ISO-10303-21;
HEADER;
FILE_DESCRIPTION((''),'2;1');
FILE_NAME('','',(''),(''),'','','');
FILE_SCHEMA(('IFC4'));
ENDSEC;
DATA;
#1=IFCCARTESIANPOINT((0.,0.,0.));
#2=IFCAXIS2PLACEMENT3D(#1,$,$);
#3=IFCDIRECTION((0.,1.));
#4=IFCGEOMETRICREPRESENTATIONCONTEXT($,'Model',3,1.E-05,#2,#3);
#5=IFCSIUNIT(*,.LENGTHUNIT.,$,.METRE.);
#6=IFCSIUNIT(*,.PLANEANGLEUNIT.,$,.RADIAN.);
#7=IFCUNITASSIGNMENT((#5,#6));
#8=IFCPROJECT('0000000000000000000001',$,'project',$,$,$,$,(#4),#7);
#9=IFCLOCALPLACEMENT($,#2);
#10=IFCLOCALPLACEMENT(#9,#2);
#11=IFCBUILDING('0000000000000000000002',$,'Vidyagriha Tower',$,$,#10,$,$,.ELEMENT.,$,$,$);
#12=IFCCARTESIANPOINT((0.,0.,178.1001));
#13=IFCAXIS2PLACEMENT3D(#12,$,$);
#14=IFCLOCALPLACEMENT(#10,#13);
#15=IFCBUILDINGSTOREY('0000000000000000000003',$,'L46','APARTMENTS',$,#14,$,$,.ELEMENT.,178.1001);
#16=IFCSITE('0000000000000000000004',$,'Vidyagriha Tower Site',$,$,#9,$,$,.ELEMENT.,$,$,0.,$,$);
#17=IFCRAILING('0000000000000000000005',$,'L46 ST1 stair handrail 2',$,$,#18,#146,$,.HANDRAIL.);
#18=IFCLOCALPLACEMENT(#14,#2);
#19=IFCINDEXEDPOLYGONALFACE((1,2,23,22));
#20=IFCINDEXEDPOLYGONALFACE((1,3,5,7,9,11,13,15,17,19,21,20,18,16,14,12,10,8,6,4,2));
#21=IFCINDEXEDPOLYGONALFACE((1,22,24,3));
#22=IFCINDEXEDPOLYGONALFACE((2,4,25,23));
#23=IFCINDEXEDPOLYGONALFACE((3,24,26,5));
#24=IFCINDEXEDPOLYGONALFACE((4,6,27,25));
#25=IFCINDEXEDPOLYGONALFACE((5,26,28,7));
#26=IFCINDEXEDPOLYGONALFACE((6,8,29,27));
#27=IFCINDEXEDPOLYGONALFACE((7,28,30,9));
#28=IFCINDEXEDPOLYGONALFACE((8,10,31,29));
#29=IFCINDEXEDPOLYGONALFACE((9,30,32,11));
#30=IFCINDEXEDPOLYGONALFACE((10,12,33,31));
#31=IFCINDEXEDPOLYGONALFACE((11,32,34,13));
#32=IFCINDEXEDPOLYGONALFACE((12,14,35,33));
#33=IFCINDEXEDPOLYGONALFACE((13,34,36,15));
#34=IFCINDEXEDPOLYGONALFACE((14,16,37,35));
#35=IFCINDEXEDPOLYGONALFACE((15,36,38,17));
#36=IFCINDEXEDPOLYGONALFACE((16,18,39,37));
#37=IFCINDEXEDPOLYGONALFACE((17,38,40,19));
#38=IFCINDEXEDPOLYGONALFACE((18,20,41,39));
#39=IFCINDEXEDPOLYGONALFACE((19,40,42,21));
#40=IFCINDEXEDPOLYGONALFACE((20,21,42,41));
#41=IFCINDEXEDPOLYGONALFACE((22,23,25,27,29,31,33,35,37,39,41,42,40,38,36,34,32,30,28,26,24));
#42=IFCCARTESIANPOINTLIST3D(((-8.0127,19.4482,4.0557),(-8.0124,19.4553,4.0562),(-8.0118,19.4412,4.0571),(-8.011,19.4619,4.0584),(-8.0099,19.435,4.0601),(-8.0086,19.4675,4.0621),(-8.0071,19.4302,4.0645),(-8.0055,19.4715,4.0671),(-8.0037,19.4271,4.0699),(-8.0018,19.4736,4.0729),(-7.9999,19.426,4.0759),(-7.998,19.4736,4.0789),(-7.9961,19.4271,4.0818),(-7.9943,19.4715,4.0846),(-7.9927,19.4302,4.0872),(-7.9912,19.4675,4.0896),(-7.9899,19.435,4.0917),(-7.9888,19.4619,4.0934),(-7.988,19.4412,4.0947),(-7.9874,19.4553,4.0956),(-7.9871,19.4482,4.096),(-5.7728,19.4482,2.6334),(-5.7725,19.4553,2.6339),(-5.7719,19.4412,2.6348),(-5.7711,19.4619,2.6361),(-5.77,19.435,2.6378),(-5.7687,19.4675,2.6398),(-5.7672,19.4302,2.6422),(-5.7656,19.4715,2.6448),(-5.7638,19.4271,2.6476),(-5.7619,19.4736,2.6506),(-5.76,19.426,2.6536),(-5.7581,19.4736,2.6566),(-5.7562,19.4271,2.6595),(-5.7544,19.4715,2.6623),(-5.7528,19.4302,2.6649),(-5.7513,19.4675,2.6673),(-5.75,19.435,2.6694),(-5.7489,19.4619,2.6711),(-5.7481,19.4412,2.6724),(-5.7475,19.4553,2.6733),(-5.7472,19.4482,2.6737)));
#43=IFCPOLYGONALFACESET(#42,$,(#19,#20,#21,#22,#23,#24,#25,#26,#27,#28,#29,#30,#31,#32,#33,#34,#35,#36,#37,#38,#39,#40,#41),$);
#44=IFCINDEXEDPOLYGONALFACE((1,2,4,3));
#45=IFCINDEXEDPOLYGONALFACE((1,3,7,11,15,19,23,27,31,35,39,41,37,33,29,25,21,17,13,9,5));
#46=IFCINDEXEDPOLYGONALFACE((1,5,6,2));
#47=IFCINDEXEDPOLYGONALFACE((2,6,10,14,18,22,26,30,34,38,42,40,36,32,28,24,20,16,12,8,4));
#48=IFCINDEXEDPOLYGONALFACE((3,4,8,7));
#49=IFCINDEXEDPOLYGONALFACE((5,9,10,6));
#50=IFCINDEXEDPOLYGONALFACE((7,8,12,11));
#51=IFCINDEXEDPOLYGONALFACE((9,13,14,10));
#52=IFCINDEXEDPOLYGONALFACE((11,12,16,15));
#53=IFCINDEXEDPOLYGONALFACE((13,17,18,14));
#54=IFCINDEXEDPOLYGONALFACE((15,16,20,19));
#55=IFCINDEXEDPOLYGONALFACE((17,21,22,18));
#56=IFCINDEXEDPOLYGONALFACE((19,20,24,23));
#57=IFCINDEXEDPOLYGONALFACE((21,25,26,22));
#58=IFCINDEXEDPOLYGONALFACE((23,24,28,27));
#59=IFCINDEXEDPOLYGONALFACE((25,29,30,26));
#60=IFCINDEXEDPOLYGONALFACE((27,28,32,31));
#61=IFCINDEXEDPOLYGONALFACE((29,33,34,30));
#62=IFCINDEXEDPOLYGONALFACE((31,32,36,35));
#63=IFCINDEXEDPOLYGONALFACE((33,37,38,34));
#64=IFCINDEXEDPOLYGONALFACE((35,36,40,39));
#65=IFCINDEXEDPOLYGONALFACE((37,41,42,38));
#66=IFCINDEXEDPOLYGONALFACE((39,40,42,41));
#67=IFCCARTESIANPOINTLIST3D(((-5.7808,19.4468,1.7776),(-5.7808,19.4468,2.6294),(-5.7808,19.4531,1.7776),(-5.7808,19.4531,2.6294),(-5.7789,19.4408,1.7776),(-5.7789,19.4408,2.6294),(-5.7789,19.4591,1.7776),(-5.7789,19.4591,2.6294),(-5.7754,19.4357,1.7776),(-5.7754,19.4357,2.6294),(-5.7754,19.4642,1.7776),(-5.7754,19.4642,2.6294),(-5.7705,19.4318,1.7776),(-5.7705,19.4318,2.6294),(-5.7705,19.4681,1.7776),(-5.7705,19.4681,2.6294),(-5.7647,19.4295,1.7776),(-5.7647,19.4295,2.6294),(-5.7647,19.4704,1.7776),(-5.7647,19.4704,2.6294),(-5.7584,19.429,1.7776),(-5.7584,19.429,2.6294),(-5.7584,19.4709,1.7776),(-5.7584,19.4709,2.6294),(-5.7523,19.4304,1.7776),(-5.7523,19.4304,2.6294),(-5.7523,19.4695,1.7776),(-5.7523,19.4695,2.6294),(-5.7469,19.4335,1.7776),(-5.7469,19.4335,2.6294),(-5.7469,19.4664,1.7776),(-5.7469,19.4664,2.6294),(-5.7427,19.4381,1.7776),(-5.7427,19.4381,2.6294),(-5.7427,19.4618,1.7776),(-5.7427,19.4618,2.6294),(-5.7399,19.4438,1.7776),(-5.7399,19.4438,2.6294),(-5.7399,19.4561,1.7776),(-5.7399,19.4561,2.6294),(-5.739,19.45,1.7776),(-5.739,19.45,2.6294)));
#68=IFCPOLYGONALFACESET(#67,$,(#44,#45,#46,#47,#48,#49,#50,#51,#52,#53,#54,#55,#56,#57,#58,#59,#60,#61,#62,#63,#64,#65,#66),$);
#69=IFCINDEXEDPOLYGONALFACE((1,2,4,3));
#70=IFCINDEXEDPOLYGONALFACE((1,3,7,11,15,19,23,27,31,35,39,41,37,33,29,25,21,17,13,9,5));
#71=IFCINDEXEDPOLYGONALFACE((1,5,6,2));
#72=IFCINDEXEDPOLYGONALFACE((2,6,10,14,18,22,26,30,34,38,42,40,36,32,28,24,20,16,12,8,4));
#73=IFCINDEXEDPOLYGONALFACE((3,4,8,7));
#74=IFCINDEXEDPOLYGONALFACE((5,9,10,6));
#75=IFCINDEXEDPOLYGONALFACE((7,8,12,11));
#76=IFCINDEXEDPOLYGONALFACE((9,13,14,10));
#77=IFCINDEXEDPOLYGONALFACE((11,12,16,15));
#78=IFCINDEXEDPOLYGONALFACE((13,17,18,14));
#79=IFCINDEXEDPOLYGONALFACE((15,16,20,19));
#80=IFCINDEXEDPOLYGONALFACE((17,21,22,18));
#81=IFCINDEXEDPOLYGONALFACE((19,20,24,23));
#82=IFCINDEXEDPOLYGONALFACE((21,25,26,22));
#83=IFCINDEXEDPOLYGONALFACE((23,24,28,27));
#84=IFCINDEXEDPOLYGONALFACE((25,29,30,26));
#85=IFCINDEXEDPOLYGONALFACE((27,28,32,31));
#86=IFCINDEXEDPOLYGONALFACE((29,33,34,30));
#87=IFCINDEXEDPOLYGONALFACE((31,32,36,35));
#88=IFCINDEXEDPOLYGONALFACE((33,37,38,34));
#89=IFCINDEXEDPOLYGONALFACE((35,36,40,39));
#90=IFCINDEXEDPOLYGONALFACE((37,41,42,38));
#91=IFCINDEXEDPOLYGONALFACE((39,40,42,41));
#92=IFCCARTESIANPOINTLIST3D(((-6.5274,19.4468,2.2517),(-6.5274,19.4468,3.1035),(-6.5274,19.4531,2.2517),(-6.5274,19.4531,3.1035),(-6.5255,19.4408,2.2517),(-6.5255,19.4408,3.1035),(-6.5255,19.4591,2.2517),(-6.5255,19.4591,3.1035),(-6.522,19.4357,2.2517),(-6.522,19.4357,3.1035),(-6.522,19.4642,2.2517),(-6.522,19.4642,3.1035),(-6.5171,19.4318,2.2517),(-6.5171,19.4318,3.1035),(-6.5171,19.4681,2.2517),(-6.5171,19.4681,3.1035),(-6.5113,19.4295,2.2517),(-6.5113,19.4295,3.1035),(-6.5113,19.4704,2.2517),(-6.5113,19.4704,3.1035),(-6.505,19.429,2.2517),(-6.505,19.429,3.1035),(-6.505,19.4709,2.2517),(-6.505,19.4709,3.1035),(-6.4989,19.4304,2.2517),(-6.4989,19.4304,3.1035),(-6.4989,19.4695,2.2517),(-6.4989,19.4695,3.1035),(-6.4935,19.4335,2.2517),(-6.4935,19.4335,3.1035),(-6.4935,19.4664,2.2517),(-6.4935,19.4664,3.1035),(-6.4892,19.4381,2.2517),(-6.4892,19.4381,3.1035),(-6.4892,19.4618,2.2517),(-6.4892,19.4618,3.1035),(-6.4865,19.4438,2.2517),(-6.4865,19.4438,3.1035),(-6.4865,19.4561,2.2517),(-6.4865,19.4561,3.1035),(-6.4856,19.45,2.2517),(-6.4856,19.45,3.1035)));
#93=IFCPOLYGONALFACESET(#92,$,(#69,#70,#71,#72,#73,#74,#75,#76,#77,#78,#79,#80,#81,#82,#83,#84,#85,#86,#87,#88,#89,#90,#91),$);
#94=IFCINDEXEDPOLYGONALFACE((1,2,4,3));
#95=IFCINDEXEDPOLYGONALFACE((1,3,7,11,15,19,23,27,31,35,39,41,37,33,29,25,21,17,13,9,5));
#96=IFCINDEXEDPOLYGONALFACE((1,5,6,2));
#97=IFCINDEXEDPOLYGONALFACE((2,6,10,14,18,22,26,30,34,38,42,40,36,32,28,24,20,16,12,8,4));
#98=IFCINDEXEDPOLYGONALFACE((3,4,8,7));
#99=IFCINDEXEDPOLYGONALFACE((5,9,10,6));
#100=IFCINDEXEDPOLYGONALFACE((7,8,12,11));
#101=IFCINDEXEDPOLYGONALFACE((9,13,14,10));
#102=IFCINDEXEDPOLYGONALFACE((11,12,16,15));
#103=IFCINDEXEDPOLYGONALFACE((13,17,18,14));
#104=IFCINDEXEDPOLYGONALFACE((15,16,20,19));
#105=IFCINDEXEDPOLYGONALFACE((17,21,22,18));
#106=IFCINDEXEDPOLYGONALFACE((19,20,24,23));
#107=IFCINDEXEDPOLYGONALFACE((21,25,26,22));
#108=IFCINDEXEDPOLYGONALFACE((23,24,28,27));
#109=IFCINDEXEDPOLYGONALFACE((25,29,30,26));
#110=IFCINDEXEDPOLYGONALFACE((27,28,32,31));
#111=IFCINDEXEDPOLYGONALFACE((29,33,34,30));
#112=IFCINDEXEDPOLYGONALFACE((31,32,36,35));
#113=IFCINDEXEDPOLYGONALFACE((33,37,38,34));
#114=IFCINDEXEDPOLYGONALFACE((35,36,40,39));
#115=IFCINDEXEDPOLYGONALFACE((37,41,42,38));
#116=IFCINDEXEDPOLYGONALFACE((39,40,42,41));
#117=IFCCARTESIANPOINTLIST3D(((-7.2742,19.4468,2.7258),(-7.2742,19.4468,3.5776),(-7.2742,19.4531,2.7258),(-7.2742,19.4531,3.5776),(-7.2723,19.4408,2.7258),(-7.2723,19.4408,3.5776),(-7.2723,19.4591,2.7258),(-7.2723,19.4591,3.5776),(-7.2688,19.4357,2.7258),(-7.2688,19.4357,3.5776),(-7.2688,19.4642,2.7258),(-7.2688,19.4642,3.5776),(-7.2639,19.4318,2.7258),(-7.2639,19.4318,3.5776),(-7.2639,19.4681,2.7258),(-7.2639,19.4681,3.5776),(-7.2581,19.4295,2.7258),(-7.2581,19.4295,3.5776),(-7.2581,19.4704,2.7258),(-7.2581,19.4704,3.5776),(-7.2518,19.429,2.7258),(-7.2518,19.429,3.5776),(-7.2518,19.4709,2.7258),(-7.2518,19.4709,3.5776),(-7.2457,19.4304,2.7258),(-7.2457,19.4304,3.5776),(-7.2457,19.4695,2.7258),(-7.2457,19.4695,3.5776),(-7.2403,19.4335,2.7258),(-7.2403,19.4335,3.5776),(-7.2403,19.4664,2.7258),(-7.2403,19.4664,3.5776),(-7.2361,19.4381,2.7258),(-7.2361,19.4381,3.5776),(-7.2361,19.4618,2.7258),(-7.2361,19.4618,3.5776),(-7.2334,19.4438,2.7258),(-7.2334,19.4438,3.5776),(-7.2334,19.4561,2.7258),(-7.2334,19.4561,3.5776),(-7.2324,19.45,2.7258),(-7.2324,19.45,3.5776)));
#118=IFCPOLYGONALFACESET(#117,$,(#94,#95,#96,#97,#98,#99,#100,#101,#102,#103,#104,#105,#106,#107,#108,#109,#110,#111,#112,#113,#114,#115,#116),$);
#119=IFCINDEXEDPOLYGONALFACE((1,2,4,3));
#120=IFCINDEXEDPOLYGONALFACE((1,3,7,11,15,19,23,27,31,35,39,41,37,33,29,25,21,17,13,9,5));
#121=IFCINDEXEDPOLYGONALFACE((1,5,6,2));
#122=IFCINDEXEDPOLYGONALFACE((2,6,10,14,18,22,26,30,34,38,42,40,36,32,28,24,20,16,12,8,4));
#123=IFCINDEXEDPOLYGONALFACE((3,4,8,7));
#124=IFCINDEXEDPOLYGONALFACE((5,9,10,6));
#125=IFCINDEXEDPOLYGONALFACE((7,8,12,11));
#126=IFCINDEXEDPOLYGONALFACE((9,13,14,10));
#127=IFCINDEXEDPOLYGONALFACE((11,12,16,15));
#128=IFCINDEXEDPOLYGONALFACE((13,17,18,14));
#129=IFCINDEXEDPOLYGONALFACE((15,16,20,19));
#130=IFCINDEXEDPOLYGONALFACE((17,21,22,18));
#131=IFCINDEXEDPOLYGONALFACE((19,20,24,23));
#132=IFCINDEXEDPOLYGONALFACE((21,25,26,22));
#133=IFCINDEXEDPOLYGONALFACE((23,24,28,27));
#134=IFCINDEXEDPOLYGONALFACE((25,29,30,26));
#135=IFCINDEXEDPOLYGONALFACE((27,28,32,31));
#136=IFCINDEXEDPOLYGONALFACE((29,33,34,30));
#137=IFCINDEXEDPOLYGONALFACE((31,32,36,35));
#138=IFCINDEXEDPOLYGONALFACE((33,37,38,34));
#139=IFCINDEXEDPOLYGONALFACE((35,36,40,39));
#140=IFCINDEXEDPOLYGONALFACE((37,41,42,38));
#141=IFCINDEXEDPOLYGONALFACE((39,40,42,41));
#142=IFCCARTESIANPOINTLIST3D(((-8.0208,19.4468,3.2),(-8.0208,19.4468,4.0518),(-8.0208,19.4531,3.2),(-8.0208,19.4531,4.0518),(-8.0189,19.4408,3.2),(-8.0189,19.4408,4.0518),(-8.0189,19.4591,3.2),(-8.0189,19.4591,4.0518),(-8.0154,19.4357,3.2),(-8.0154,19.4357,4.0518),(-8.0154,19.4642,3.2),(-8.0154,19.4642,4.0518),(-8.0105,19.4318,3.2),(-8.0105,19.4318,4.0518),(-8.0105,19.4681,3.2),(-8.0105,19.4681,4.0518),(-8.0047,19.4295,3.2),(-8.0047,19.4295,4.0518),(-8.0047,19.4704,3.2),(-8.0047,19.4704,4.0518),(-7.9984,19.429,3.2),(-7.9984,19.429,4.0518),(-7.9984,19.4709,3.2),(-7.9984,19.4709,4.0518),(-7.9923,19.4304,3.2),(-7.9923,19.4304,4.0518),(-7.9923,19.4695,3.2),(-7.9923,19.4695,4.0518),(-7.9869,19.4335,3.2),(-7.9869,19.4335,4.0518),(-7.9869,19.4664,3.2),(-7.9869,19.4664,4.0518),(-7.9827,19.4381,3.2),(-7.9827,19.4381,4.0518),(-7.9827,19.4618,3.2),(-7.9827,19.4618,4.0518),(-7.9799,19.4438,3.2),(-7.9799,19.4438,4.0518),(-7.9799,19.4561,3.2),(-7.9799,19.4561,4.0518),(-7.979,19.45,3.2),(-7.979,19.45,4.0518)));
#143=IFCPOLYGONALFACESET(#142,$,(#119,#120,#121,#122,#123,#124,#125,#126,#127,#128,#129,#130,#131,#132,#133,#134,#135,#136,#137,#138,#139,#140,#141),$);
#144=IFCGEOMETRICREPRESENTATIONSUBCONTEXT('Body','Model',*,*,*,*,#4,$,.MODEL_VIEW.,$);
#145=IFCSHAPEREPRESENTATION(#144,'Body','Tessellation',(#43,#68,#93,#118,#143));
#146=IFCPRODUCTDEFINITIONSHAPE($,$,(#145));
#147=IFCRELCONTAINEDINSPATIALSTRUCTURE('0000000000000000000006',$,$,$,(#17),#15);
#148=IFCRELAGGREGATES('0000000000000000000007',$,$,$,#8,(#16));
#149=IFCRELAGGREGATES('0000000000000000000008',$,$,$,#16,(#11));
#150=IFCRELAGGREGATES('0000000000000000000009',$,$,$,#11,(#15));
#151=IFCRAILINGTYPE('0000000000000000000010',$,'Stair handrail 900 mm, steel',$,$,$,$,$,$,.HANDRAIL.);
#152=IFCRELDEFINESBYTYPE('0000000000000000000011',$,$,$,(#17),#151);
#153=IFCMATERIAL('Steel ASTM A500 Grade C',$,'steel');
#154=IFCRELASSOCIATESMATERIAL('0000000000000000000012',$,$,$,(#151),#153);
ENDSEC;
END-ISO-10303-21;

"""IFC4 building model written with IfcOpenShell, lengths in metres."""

from ifc_helpers import new_model, si_unit, direction, frame, origin, origin_2d, place, context, subcontext, project, spatial, circle, extrude, material, type_object, element, save


model = new_model("IFC4")

# Units and contexts
model_context = context("Model", 3, precision=1e-05, world=origin(), true_north=direction((0.0, 1.0)))
body_context = subcontext(model_context, "Body", "Model", "MODEL_VIEW")
ifc_project = project(units=[si_unit("LENGTHUNIT", "METRE"), si_unit("PLANEANGLEUNIT", "RADIAN")], contexts=[model_context])

# Site, building, storey
site_placement = place(None, origin())
site = spatial("IfcSite", under=ifc_project, at=site_placement, Name="Vidyagriha Tower Site", CompositionType="ELEMENT", RefElevation=0.0)
building_placement = place(site_placement, origin())
building = spatial("IfcBuilding", under=site, at=building_placement, Name="Vidyagriha Tower", CompositionType="ELEMENT")
storey_placement = place(building_placement, frame((0.0, 0.0, 178.1001)))
storey = spatial("IfcBuildingStorey", under=building, at=storey_placement, Name="L46", Description="APARTMENTS", CompositionType="ELEMENT", Elevation=178.1001)

# Railing
ifc_material_1 = material(Name="Steel ASTM A500 Grade C", Category="steel")
railing_type_1 = type_object("IfcRailingType", Name="Stair handrail 900 mm, steel", PredefinedType="HANDRAIL", material=ifc_material_1)
railing_1_placement = place(storey_placement, frame((-5.76, 19.45, 1.7776)))
element("IfcRailing", 1, at=railing_1_placement, inside=storey, type_object=railing_type_1, Name="L46 ST1 stair handrail 2", PredefinedType="HANDRAIL", context=body_context, shape_type="SweptSolid", body=[
    extrude(circle(Radius=0.0239, at=origin_2d()), frame((0.0, 0.0, 0.876), z_axis=(-0.844188, 0.0, 0.536048), x_axis=(0.0, -1.0, 0.0)), (0.0, 0.0, 1.0), 2.6533),
    extrude(circle(Radius=0.021, at=origin_2d()), origin(), (0.0, 0.0, 1.0), 0.8518),
    extrude(circle(Radius=0.021, at=origin_2d()), frame((-0.7466, 0.0, 0.4741)), (0.0, 0.0, 1.0), 0.8518),
    extrude(circle(Radius=0.021, at=origin_2d()), frame((-1.4934, 0.0, 0.9482)), (0.0, 0.0, 1.0), 0.8518),
    extrude(circle(Radius=0.021, at=origin_2d()), frame((-2.24, 0.0, 1.4224)), (0.0, 0.0, 1.0), 0.8518),
])

save(model, "model.ifc")
